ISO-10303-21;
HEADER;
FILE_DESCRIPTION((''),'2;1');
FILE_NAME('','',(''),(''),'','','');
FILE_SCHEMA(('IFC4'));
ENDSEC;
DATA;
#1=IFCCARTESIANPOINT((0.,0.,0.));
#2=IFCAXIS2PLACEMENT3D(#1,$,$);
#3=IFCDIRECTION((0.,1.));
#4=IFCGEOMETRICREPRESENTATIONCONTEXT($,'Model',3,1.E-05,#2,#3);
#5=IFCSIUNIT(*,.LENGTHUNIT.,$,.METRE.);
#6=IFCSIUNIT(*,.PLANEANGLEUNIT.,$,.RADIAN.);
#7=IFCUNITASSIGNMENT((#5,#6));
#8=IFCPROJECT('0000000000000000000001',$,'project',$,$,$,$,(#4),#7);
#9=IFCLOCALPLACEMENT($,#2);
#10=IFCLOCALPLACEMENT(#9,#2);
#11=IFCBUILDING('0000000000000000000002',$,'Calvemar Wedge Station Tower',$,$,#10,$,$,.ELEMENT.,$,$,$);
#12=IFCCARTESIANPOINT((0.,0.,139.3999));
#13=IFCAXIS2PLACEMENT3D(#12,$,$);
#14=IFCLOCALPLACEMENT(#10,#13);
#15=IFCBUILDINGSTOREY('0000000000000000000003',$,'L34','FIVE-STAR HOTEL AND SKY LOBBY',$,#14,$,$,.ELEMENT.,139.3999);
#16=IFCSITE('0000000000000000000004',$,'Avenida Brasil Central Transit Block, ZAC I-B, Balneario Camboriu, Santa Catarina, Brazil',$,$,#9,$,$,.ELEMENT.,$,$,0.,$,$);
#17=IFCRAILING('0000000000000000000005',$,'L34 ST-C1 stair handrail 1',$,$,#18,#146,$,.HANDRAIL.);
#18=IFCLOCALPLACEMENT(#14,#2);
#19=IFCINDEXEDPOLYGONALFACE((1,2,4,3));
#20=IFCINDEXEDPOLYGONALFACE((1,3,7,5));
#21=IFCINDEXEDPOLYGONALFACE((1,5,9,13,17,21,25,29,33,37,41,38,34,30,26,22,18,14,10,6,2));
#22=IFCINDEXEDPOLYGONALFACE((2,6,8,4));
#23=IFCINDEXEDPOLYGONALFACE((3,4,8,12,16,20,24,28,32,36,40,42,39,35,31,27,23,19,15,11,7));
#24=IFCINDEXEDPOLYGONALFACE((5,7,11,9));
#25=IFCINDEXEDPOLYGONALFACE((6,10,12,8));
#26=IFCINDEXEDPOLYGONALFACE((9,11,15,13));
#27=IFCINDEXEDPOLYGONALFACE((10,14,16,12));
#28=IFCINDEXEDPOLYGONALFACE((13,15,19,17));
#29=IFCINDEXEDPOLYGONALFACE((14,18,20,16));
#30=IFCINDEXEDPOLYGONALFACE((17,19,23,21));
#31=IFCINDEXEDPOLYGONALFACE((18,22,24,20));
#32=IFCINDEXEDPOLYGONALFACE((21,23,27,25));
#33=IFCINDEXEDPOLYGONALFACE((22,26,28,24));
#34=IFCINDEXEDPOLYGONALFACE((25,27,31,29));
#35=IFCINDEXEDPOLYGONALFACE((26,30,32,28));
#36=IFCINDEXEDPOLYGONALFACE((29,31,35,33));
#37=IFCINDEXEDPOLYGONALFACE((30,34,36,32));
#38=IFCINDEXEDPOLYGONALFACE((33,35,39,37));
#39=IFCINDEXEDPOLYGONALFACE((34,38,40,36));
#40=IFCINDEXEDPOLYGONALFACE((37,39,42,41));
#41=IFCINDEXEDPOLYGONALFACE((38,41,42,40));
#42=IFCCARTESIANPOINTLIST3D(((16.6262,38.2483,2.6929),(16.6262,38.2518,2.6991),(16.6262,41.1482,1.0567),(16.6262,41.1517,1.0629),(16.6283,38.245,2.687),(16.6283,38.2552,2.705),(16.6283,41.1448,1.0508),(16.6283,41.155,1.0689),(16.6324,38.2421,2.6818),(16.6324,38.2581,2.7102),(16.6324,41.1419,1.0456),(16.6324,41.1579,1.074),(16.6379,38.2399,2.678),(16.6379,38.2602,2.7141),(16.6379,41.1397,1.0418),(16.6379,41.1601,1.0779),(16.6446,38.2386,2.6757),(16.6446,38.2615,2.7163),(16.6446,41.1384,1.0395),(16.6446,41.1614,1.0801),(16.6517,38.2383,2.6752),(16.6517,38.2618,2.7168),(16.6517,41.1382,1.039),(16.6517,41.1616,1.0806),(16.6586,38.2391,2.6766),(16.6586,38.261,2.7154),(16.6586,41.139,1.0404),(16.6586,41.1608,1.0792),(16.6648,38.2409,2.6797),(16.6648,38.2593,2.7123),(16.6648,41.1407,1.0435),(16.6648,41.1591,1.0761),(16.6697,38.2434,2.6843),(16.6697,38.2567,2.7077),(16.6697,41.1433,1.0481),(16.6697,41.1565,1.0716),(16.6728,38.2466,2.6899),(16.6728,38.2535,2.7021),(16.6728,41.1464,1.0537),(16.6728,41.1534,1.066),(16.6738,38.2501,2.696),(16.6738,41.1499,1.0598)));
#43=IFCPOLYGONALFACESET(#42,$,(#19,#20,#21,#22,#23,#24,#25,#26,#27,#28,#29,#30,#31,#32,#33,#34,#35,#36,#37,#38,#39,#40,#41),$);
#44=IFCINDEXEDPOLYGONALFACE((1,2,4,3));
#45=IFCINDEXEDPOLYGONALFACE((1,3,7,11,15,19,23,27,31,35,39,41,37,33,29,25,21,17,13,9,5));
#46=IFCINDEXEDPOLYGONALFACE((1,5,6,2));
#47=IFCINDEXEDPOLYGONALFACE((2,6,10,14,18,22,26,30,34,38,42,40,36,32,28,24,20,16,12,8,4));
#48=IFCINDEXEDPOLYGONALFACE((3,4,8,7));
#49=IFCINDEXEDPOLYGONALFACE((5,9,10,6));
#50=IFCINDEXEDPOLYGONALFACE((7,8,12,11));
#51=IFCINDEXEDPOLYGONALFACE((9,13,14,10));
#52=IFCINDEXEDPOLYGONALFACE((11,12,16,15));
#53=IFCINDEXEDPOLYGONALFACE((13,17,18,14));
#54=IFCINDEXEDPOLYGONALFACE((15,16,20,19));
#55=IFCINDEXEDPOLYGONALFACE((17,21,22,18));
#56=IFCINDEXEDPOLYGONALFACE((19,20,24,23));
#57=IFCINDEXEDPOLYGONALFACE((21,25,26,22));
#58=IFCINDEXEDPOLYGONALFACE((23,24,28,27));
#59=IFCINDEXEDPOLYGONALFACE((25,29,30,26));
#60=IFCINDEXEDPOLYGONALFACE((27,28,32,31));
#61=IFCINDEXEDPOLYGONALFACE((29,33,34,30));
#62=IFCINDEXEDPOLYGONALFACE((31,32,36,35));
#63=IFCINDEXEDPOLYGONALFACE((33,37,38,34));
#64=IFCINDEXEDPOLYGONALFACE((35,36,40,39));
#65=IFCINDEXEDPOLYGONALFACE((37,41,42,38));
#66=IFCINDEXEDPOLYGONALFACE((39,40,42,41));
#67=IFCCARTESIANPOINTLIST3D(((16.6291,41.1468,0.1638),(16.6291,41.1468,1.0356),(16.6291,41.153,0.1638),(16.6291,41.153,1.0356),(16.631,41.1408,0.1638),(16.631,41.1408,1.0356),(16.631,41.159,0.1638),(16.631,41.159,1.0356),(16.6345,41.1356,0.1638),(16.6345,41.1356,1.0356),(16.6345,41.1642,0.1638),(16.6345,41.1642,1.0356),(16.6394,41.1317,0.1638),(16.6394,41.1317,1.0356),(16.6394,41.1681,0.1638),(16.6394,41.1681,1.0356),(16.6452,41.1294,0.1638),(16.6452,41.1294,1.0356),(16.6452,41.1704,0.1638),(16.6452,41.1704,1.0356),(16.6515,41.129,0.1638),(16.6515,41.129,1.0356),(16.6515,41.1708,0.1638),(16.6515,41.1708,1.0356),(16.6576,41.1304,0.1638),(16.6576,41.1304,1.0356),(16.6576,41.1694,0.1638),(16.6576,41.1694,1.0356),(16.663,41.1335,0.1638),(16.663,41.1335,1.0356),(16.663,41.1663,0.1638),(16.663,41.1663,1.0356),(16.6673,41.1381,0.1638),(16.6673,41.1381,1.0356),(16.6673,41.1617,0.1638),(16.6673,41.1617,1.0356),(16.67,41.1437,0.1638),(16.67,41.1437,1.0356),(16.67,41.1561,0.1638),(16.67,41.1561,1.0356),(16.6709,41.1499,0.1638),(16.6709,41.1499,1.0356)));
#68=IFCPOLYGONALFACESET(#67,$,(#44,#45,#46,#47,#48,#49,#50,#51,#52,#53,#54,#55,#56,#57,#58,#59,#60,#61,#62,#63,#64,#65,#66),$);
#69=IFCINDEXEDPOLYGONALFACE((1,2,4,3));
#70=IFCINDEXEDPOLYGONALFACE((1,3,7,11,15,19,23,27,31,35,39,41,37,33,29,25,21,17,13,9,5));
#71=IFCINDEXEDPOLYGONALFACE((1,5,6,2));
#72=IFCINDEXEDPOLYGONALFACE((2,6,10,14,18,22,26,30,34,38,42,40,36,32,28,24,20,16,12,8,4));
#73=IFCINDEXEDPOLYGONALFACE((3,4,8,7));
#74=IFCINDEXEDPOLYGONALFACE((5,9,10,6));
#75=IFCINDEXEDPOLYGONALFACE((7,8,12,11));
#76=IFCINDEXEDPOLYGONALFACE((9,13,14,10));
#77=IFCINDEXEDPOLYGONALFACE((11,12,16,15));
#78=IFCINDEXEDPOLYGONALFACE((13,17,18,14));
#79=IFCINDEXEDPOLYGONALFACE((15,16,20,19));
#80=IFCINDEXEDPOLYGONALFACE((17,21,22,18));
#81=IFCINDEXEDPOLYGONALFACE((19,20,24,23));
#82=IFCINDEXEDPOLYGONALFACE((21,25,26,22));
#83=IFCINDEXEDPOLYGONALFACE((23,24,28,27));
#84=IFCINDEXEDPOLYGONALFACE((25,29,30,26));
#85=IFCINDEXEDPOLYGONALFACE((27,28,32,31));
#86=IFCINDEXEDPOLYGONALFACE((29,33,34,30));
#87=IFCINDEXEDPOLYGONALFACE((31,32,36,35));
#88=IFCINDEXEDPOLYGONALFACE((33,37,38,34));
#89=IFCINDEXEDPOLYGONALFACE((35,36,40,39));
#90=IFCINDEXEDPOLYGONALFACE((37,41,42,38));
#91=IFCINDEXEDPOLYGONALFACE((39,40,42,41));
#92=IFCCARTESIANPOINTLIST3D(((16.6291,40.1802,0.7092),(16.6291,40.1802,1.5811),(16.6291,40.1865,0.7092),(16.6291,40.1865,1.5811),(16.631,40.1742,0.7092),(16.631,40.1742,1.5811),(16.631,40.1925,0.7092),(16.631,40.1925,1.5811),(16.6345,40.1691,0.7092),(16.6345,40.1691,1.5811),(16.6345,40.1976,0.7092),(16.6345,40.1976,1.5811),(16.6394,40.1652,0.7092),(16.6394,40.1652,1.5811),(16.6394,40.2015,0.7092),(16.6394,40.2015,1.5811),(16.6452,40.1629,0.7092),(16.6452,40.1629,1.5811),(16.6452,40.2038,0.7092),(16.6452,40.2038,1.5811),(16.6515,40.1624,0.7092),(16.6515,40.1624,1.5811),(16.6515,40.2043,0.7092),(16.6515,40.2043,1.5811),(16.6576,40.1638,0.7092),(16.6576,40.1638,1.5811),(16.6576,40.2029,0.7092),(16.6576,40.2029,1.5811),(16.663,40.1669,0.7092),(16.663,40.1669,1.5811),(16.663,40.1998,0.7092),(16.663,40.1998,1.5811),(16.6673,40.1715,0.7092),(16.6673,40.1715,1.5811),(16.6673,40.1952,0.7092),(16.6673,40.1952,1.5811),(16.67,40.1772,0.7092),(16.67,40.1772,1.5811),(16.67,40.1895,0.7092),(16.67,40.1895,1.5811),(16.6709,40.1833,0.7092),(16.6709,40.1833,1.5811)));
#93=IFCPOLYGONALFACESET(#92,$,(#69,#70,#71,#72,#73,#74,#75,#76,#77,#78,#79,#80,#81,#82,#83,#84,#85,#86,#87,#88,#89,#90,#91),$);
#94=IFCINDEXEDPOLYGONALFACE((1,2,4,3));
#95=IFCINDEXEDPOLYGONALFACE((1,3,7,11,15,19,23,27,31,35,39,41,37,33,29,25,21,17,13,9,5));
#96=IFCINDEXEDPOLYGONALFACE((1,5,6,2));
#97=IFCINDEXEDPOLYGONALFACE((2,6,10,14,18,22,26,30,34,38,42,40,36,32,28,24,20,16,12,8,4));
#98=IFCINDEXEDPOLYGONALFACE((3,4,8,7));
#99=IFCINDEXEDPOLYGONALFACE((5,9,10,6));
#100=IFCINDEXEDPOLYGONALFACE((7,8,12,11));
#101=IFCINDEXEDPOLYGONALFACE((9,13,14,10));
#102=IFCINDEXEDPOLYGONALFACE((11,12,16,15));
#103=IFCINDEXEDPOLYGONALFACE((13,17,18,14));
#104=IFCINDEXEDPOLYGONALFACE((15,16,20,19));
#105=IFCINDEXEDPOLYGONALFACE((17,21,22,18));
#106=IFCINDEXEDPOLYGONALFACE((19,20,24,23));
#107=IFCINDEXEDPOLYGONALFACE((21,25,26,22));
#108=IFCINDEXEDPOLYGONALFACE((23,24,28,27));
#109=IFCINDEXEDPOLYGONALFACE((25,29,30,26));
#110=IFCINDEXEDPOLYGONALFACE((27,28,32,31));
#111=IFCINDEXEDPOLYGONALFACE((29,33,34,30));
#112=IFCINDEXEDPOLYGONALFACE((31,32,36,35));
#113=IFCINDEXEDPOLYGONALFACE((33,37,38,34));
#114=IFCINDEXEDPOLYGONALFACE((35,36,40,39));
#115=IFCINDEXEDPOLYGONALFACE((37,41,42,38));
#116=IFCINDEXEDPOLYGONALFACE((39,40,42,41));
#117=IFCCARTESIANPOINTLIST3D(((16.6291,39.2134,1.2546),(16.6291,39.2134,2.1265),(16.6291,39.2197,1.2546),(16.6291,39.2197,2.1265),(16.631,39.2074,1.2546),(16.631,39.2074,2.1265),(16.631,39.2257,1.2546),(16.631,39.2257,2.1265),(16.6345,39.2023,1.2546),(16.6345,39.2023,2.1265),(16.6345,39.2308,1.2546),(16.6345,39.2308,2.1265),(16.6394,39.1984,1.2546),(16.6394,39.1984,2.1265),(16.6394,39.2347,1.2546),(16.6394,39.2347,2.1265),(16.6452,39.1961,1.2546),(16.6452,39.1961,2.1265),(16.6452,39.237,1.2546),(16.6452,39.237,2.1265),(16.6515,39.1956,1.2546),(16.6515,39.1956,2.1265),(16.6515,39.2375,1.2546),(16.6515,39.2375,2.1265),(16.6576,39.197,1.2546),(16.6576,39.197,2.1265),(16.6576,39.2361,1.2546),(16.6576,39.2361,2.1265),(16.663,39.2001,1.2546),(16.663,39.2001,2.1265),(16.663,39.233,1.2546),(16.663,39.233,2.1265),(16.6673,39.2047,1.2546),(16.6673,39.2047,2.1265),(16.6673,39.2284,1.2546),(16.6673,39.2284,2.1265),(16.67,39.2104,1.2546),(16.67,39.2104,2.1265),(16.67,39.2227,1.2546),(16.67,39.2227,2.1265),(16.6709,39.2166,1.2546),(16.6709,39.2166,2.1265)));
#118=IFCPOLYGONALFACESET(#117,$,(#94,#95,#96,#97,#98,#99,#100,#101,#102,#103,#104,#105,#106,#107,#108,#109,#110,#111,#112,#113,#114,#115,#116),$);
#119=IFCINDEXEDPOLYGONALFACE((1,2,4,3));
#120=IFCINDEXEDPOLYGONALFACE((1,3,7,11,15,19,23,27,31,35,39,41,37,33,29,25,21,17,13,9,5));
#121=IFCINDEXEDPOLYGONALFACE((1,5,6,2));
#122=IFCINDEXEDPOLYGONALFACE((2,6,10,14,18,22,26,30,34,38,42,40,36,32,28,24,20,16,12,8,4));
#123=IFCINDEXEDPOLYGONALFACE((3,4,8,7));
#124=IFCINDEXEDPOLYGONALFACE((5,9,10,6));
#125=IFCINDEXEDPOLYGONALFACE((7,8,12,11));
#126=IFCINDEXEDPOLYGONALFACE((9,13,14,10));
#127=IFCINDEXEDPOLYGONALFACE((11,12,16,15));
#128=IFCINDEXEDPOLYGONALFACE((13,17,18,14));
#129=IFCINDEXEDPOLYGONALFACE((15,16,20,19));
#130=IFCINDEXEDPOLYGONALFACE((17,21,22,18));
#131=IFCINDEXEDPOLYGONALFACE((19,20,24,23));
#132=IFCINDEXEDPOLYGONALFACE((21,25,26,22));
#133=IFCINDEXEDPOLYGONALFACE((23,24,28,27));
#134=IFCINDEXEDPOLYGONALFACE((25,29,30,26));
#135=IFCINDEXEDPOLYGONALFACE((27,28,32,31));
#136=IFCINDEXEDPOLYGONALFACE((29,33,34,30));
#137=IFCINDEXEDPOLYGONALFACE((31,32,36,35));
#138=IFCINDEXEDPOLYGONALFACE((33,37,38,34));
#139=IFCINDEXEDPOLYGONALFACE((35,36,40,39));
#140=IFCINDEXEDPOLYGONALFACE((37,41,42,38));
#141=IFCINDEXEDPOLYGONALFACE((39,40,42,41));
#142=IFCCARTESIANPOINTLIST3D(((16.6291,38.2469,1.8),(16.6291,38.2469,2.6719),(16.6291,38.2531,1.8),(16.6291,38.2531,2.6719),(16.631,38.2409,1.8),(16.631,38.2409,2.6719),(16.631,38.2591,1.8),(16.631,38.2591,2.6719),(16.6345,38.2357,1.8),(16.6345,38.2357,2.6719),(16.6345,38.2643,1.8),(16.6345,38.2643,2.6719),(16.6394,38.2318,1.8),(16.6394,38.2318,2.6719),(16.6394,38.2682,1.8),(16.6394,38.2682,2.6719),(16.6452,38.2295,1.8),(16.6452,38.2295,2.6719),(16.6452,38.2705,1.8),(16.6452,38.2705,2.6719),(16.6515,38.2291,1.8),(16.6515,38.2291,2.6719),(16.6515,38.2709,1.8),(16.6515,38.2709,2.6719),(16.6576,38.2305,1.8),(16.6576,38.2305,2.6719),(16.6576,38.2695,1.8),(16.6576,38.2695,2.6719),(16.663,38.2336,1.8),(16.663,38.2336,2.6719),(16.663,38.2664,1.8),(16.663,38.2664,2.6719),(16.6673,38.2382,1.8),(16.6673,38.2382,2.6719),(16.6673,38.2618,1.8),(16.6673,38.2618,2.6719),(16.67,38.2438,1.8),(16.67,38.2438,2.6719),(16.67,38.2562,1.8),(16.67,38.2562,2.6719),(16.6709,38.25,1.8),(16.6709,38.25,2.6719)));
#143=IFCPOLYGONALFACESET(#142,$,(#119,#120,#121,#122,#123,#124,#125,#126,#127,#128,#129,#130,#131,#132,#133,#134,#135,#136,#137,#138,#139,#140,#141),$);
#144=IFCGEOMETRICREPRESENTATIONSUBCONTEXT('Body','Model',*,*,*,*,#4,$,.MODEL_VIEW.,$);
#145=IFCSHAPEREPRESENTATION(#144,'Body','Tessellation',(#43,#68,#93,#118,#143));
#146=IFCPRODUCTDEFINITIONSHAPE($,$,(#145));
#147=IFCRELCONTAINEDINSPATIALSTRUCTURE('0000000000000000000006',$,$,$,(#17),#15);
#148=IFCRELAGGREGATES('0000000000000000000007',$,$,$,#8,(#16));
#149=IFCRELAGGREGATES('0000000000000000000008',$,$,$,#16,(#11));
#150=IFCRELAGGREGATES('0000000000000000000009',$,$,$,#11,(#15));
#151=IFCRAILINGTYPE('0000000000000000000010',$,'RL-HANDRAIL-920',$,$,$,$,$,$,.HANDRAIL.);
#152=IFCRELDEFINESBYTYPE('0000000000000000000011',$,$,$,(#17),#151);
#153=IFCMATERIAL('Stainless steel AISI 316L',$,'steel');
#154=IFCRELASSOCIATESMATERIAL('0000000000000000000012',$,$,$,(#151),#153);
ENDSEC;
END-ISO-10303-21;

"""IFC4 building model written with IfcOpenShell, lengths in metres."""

from ifc_helpers import new_model, si_unit, direction, frame, origin, origin_2d, place, context, subcontext, project, spatial, circle, extrude, material, type_object, element, save


model = new_model("IFC4")

# Units and contexts
model_context = context("Model", 3, precision=1e-05, world=origin(), true_north=direction((0.0, 1.0)))
body_context = subcontext(model_context, "Body", "Model", "MODEL_VIEW")
ifc_project = project(units=[si_unit("LENGTHUNIT", "METRE"), si_unit("PLANEANGLEUNIT", "RADIAN")], contexts=[model_context])

# Site, building, storey
site_placement = place(None, origin())
site = spatial("IfcSite", under=ifc_project, at=site_placement, Name="Avenida Brasil Central Transit Block, ZAC I-B, Balneario Camboriu, Santa Catarina, Brazil", CompositionType="ELEMENT", RefElevation=0.0)
building_placement = place(site_placement, origin())
building = spatial("IfcBuilding", under=site, at=building_placement, Name="Calvemar Wedge Station Tower", CompositionType="ELEMENT")
storey_placement = place(building_placement, frame((0.0, 0.0, 139.3999)))
storey = spatial("IfcBuildingStorey", under=building, at=storey_placement, Name="L34", Description="FIVE-STAR HOTEL AND SKY LOBBY", CompositionType="ELEMENT", Elevation=139.3999)

# Railing
ifc_material_1 = material(Name="Stainless steel AISI 316L", Category="steel")
railing_type_1 = type_object("IfcRailingType", Name="RL-HANDRAIL-920", PredefinedType="HANDRAIL", material=ifc_material_1)
railing_1_placement = place(storey_placement, frame((16.6499, 41.1499, 0.1638)))
element("IfcRailing", 1, at=railing_1_placement, inside=storey, type_object=railing_type_1, Name="L34 ST-C1 stair handrail 1", PredefinedType="HANDRAIL", context=body_context, shape_type="SweptSolid", body=[
    extrude(circle(Radius=0.0239, at=origin_2d()), frame((0.0, 0.0, 0.896), z_axis=(0.0, -0.870929, 0.49141), x_axis=(1.0, 0.0, 0.0)), (0.0, 0.0, 1.0), 3.3296),
    extrude(circle(Radius=0.021, at=origin_2d()), origin(), (0.0, 0.0, 1.0), 0.8718),
    extrude(circle(Radius=0.021, at=origin_2d()), frame((0.0, -0.9666, 0.5454)), (0.0, 0.0, 1.0), 0.8718),
    extrude(circle(Radius=0.021, at=origin_2d()), frame((0.0, -1.9333, 1.0908)), (0.0, 0.0, 1.0), 0.8718),
    extrude(circle(Radius=0.021, at=origin_2d()), frame((0.0, -2.8999, 1.6362)), (0.0, 0.0, 1.0), 0.8718),
])

save(model, "model.ifc")
